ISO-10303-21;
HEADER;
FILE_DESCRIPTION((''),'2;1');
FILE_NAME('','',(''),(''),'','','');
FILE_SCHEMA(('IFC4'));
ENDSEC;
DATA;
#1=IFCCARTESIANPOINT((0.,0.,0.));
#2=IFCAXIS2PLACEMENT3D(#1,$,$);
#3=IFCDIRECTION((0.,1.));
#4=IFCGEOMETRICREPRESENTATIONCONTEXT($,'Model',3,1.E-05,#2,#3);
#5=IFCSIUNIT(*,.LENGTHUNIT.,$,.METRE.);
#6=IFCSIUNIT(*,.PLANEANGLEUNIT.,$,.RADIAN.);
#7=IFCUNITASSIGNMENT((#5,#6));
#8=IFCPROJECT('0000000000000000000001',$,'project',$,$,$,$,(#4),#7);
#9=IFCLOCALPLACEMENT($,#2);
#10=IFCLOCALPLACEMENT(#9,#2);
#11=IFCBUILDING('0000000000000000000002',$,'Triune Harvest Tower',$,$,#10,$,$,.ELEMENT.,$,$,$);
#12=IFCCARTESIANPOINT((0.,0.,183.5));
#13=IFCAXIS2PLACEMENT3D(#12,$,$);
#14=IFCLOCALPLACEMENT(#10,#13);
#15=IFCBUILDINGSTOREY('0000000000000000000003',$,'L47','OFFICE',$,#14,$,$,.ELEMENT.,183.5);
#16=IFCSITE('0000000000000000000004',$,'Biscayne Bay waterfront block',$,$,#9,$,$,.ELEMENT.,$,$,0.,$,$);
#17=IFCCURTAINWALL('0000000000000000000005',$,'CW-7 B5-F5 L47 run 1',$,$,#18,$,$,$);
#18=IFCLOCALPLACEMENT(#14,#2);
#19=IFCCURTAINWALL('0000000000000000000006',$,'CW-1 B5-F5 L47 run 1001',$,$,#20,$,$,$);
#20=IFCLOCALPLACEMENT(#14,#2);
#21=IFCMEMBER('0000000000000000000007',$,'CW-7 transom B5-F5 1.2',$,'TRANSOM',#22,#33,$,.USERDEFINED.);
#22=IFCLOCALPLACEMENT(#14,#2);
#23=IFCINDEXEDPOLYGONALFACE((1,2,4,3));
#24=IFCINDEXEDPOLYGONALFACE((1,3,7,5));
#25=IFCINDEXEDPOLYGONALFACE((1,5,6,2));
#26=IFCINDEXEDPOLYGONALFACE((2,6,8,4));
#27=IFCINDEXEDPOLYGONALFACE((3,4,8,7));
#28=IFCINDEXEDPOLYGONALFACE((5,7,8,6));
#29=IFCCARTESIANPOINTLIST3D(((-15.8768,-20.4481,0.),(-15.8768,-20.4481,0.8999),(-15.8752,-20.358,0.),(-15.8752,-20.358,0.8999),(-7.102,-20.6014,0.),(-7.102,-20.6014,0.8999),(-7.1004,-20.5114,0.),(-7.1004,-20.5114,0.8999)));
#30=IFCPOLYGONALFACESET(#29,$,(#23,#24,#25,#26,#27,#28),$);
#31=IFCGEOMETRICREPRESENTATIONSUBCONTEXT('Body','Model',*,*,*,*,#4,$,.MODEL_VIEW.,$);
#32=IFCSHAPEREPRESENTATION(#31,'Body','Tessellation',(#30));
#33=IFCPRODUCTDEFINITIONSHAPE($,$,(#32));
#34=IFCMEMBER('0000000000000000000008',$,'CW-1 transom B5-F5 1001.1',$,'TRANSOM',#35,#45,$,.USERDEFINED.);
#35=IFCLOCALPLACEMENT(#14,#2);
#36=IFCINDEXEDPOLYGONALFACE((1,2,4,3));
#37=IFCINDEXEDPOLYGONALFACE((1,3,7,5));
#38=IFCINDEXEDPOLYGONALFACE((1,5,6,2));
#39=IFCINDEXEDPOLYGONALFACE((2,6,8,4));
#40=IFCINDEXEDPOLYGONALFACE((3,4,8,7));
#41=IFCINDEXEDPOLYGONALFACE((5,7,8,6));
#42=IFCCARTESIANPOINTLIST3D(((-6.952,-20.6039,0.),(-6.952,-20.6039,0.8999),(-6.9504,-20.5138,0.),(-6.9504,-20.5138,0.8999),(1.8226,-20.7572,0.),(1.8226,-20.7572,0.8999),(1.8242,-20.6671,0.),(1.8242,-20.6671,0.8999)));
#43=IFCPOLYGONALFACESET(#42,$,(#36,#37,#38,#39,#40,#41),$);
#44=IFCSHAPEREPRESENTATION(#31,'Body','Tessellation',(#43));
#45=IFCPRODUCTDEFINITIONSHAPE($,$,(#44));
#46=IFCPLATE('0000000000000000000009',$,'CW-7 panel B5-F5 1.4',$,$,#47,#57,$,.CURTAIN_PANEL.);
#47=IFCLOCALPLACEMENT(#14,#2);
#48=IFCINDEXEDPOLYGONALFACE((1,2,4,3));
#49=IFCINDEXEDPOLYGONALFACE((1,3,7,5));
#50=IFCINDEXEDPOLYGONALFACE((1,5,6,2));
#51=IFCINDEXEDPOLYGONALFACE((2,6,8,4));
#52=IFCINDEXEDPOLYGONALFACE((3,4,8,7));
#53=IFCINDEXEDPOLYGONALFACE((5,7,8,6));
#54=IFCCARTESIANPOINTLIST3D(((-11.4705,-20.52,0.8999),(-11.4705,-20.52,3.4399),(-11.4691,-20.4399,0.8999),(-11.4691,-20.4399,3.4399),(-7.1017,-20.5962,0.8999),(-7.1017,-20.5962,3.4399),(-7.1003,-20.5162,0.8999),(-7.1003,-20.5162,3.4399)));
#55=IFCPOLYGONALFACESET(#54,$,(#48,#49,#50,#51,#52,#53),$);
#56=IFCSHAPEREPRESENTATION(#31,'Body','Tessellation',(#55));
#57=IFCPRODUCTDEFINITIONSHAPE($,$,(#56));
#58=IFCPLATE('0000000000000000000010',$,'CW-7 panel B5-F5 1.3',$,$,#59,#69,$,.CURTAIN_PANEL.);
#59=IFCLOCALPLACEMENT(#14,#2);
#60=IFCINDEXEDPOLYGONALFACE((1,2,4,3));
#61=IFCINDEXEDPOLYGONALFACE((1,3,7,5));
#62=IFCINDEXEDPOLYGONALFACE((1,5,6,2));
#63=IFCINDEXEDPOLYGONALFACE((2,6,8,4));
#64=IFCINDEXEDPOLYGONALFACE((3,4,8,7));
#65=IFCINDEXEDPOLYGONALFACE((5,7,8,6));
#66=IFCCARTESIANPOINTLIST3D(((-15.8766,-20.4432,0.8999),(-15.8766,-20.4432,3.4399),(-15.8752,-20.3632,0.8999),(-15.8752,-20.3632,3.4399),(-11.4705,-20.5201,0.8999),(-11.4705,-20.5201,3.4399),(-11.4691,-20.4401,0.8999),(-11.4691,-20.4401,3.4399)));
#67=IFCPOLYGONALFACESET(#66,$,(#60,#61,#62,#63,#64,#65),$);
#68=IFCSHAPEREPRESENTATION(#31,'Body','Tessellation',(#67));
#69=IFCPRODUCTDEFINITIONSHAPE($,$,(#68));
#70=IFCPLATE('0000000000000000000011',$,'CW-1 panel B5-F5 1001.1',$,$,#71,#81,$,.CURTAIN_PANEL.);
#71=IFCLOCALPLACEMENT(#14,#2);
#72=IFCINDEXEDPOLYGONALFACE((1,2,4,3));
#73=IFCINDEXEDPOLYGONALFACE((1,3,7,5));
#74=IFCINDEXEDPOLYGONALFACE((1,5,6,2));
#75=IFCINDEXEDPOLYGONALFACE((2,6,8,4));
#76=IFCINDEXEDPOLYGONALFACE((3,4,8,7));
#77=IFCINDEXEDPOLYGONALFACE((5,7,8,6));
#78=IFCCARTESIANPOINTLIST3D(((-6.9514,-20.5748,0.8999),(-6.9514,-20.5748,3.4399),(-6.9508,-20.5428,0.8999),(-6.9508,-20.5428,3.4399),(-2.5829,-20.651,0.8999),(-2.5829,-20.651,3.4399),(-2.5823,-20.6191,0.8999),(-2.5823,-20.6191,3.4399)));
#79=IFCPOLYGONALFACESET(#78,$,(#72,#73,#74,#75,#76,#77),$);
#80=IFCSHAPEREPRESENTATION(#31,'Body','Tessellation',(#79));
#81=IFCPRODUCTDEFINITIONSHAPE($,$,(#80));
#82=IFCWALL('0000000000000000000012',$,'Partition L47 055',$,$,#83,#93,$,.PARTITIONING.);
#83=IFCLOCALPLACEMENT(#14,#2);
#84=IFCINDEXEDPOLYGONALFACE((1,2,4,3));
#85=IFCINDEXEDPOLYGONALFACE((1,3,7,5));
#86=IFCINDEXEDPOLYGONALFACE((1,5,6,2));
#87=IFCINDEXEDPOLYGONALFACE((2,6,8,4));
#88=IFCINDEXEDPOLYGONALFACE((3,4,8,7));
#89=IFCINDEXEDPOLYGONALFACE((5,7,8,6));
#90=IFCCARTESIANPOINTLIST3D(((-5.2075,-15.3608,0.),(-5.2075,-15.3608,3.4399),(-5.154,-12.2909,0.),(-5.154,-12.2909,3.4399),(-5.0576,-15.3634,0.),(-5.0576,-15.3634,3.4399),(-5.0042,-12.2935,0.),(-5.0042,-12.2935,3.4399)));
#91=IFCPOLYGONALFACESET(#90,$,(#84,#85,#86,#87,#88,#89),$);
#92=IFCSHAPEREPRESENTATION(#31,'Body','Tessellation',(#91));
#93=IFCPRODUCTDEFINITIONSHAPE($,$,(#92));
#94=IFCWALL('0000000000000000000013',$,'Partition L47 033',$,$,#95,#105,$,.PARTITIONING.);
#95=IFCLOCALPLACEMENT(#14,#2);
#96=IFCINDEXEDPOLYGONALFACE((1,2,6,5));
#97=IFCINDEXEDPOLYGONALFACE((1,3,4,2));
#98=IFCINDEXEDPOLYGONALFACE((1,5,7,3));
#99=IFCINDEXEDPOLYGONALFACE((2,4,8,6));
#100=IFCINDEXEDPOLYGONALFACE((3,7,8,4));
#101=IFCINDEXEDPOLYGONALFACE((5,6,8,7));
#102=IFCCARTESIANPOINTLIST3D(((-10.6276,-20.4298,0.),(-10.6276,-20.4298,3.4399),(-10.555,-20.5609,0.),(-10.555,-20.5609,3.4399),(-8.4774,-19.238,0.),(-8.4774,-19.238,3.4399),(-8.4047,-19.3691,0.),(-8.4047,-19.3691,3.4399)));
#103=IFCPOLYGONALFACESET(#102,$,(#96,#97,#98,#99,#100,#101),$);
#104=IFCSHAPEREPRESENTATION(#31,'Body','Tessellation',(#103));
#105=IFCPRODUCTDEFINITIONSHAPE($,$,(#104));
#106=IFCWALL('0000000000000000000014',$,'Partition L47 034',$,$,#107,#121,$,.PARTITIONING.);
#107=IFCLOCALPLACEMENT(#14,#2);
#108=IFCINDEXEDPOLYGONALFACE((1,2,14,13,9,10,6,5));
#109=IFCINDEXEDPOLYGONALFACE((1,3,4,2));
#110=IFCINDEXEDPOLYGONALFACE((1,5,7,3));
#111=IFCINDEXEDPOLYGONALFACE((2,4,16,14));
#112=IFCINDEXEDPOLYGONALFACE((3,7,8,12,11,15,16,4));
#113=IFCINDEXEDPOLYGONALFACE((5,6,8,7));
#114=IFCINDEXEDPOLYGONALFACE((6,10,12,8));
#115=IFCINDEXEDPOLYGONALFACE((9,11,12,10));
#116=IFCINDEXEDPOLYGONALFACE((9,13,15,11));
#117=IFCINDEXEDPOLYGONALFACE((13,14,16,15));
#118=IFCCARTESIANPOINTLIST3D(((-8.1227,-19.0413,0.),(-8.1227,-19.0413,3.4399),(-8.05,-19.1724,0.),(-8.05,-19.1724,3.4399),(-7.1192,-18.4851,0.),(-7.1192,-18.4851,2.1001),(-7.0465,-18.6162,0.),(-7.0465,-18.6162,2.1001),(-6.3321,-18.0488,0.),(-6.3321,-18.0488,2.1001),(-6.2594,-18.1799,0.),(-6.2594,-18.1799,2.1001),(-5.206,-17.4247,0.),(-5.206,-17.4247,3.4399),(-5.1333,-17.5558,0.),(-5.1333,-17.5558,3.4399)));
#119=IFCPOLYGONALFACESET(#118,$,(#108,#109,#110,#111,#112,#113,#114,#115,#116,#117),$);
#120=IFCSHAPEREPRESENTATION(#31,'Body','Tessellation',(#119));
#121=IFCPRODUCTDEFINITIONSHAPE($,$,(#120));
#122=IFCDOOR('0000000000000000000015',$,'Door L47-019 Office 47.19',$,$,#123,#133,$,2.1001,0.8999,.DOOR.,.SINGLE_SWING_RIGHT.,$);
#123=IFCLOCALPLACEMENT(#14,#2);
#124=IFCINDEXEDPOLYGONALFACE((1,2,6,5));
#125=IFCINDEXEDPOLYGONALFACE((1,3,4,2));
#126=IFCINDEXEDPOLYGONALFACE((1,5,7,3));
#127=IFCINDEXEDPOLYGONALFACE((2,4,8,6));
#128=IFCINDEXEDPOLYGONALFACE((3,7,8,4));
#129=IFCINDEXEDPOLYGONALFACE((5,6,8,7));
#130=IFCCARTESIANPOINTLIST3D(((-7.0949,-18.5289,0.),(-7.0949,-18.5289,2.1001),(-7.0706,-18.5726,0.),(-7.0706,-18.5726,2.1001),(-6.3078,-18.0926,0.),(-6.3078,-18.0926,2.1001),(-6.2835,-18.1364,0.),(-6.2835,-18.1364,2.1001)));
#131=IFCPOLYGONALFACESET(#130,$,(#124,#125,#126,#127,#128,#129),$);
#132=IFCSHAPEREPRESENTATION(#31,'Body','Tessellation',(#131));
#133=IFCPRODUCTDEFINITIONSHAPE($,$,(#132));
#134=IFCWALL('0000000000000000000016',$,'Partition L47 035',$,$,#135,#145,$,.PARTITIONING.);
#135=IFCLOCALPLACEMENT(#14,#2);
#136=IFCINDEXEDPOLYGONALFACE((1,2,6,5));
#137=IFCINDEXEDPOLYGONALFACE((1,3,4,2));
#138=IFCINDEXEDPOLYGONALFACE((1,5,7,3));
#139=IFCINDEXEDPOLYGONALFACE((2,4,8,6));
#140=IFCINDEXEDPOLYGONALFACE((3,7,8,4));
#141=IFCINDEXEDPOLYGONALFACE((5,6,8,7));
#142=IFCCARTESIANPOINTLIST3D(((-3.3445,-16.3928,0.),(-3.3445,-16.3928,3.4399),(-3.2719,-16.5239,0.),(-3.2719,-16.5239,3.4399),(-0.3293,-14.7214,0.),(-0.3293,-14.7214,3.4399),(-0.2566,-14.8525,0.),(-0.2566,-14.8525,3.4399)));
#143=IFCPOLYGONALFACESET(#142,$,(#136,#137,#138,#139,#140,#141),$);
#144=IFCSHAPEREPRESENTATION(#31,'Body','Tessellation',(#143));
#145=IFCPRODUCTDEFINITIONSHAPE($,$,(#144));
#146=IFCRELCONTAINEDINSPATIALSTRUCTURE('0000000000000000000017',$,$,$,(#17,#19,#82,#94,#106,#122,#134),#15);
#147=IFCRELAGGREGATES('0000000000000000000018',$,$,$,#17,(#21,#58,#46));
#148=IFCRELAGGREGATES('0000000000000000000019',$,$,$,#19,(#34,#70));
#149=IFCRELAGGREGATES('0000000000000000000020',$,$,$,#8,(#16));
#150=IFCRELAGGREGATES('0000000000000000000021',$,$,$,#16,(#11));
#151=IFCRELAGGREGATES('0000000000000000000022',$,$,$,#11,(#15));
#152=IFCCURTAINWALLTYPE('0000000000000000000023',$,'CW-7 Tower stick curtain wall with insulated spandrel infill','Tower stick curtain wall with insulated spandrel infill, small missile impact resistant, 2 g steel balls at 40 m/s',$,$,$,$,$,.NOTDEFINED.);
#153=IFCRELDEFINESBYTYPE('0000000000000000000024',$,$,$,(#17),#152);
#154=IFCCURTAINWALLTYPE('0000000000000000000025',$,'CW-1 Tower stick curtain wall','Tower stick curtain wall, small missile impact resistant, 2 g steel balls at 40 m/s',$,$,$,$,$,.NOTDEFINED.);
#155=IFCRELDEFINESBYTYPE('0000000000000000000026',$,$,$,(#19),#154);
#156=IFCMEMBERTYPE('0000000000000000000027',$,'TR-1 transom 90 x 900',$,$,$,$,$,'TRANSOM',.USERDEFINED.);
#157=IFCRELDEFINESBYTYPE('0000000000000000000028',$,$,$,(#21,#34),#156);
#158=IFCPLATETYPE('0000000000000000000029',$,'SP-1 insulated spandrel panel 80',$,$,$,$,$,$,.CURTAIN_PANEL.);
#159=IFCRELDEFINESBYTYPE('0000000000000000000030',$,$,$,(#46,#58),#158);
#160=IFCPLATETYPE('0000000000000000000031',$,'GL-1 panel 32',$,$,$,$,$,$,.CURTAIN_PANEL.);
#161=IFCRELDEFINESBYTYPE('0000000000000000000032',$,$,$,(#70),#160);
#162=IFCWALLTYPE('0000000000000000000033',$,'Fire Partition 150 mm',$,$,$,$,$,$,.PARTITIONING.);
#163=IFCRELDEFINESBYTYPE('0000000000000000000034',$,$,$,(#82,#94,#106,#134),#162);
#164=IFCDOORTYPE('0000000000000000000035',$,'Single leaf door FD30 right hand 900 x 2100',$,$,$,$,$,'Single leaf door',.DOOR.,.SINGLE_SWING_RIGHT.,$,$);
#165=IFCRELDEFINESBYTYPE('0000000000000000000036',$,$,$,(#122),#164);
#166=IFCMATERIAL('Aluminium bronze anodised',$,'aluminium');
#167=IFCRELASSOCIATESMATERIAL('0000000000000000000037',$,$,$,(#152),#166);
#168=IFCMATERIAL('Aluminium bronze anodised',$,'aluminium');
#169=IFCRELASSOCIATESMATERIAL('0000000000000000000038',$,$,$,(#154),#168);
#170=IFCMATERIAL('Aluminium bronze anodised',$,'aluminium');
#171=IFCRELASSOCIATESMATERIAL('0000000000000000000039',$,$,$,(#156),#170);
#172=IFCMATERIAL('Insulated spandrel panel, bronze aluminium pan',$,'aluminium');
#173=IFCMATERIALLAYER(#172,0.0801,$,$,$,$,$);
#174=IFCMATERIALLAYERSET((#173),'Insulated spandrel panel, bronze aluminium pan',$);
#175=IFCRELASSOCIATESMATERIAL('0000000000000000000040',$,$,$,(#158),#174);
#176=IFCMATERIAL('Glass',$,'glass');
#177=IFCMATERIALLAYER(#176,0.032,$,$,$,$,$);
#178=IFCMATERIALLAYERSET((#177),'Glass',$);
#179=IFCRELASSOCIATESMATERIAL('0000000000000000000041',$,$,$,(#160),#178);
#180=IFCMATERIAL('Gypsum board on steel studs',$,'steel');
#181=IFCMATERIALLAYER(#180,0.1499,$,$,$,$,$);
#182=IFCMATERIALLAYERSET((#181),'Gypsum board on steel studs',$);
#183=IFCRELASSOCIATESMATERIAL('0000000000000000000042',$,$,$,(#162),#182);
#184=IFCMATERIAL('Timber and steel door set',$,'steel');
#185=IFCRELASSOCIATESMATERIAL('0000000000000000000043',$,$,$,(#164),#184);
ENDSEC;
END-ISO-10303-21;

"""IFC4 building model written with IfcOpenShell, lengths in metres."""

from ifc_helpers import new_model, si_unit, direction, frame, frame_2d, origin, origin_2d, place, context, subcontext, project, spatial, rectangle, extrude, source, transform, mapped, material, layer, layer_set, material_profile, profile_set, type_object, element, fill, aggregate, save


model = new_model("IFC4")

# Units and contexts
model_context = context("Model", 3, precision=1e-05, world=origin(), true_north=direction((0.0, 1.0)))
body_context = subcontext(model_context, "Body", "Model", "MODEL_VIEW")
ifc_project = project(units=[si_unit("LENGTHUNIT", "METRE"), si_unit("PLANEANGLEUNIT", "RADIAN")], contexts=[model_context])

# Site, building, storey
site_placement = place(None, origin())
site = spatial("IfcSite", under=ifc_project, at=site_placement, Name="Biscayne Bay waterfront block", CompositionType="ELEMENT", RefElevation=0.0)
building_placement = place(site_placement, origin())
building = spatial("IfcBuilding", under=site, at=building_placement, Name="Triune Harvest Tower", CompositionType="ELEMENT")
storey_placement = place(building_placement, frame((0.0, 0.0, 183.5)))
storey = spatial("IfcBuildingStorey", under=building, at=storey_placement, Name="L47", Description="OFFICE", CompositionType="ELEMENT", Elevation=183.5)

# Curtain wall
ifc_material_1 = material(Name="Aluminium bronze anodised", Category="aluminium")
curtain_wall_type_1 = type_object("IfcCurtainWallType", Name="CW-7 Tower stick curtain wall with insulated spandrel infill", Description="Tower stick curtain wall with insulated spandrel infill, small missile impact resistant, 2 g steel balls at 40 m/s", PredefinedType="NOTDEFINED", material=ifc_material_1)
curtain_wall_1_placement = place(storey_placement, origin())
curtain_wall_1 = element("IfcCurtainWall", 1, at=curtain_wall_1_placement, inside=storey, type_object=curtain_wall_type_1, Name="CW-7 B5-F5 L47 run 1")

# Curtain wall
ifc_material_2 = material(Name="Aluminium bronze anodised", Category="aluminium")
curtain_wall_type_2 = type_object("IfcCurtainWallType", Name="CW-1 Tower stick curtain wall", Description="Tower stick curtain wall, small missile impact resistant, 2 g steel balls at 40 m/s", PredefinedType="NOTDEFINED", material=ifc_material_2)
curtain_wall_2_placement = place(storey_placement, origin())
curtain_wall_2 = element("IfcCurtainWall", 2, at=curtain_wall_2_placement, inside=storey, type_object=curtain_wall_type_2, Name="CW-1 B5-F5 L47 run 1001")

# Members
ifc_material_3 = material(Name="Aluminium bronze anodised", Category="aluminium")
ifc_material_profile_1 = material_profile(ifc_material_3, rectangle(XDim=0.0901, YDim=0.8999, at=origin_2d()), Name="TR-1 transom 90 x 900")
ifc_profile_set_1 = profile_set([ifc_material_profile_1], Name="Aluminium bronze anodised")
member_type_1 = type_object("IfcMemberType", Name="TR-1 transom 90 x 900", ElementType="TRANSOM", PredefinedType="USERDEFINED", material=ifc_profile_set_1)
shared_shape_1 = source(origin(), body_context, "Body", "SweptSolid", [
    extrude(rectangle(XDim=0.0901, YDim=0.8999, at=origin_2d()), origin(), (0.0, 0.0, 1.0), 8.7761),
])
member_1_placement = place(storey_placement, frame((-15.876, -20.4031, 0.45), z_axis=(0.999847, -0.01747, 0.0), x_axis=(0.01747, 0.999847, 0.0)))
member_1 = element("IfcMember", 3, at=member_1_placement, type_object=member_type_1, Name="CW-7 transom B5-F5 1.2", ObjectType="TRANSOM", PredefinedType="USERDEFINED", context=body_context, shape_type="MappedRepresentation", body=[
    mapped(shared_shape_1, transform((0.0, 0.0, 0.0), scale=1.0)),
])
shared_shape_2 = source(origin(), body_context, "Body", "SweptSolid", [
    extrude(rectangle(XDim=0.0901, YDim=0.8999, at=origin_2d()), origin(), (0.0, 0.0, 1.0), 8.7759),
])
member_2_placement = place(storey_placement, frame((-6.9512, -20.5588, 0.45), z_axis=(0.999847, -0.01747, 0.0), x_axis=(0.01747, 0.999847, 0.0)))
member_2 = element("IfcMember", 4, at=member_2_placement, type_object=member_type_1, Name="CW-1 transom B5-F5 1001.1", ObjectType="TRANSOM", PredefinedType="USERDEFINED", context=body_context, shape_type="MappedRepresentation", body=[
    mapped(shared_shape_2, transform((0.0, 0.0, 0.0), scale=1.0)),
])

# Plates
ifc_material_4 = material(Name="Insulated spandrel panel, bronze aluminium pan", Category="aluminium")
ifc_layer_1 = layer(ifc_material_4, 0.0801)
ifc_layer_set_1 = layer_set([ifc_layer_1], Name="Insulated spandrel panel, bronze aluminium pan")
plate_type_1 = type_object("IfcPlateType", Name="SP-1 insulated spandrel panel 80", PredefinedType="CURTAIN_PANEL", material=ifc_layer_set_1)
shared_shape_3 = source(origin(), body_context, "Body", "SweptSolid", [
    extrude(rectangle(XDim=4.3694, YDim=0.0801, at=origin_2d()), origin(), (0.0, 0.0, 1.0), 2.54),
])
plate_1_placement = place(storey_placement, frame((-9.2854, -20.5181, 0.8999), z_axis=(0.0, 0.0, 1.0), x_axis=(0.999848, -0.017451, 0.0)))
plate_1 = element("IfcPlate", 5, at=plate_1_placement, type_object=plate_type_1, Name="CW-7 panel B5-F5 1.4", PredefinedType="CURTAIN_PANEL", context=body_context, shape_type="MappedRepresentation", body=[
    mapped(shared_shape_3, transform((0.0, 0.0, 0.0), scale=1.0)),
])
shared_shape_4 = source(origin(), body_context, "Body", "SweptSolid", [
    extrude(rectangle(XDim=4.4067, YDim=0.0801, at=origin_2d()), origin(), (0.0, 0.0, 1.0), 2.54),
])
plate_2_placement = place(storey_placement, frame((-13.6729, -20.4417, 0.8999), z_axis=(0.0, 0.0, 1.0), x_axis=(0.999848, -0.017451, 0.0)))
plate_2 = element("IfcPlate", 6, at=plate_2_placement, type_object=plate_type_1, Name="CW-7 panel B5-F5 1.3", PredefinedType="CURTAIN_PANEL", context=body_context, shape_type="MappedRepresentation", body=[
    mapped(shared_shape_4, transform((0.0, 0.0, 0.0), scale=1.0)),
])
aggregate(curtain_wall_1, [member_1, plate_2, plate_1])
ifc_material_5 = material(Name="Glass", Category="glass")
ifc_layer_2 = layer(ifc_material_5, 0.032)
ifc_layer_set_2 = layer_set([ifc_layer_2], Name="Glass")
plate_type_2 = type_object("IfcPlateType", Name="GL-1 panel 32", PredefinedType="CURTAIN_PANEL", material=ifc_layer_set_2)
shared_shape_5 = source(origin(), body_context, "Body", "SweptSolid", [
    extrude(rectangle(XDim=4.3691, YDim=0.032, at=origin_2d()), origin(), (0.0, 0.0, 1.0), 2.54),
])
plate_3_placement = place(storey_placement, frame((-4.7668, -20.5969, 0.8999), z_axis=(0.0, 0.0, 1.0), x_axis=(0.999848, -0.017453, 0.0)))
plate_3 = element("IfcPlate", 7, at=plate_3_placement, type_object=plate_type_2, Name="CW-1 panel B5-F5 1001.1", PredefinedType="CURTAIN_PANEL", context=body_context, shape_type="MappedRepresentation", body=[
    mapped(shared_shape_5, transform((0.0, 0.0, 0.0), scale=1.0)),
])
aggregate(curtain_wall_2, [member_2, plate_3])

# Walls
ifc_material_6 = material(Name="Gypsum board on steel studs", Category="steel")
ifc_layer_3 = layer(ifc_material_6, 0.1499)
ifc_layer_set_3 = layer_set([ifc_layer_3], Name="Gypsum board on steel studs")
wall_type_1 = type_object("IfcWallType", Name="Fire Partition 150 mm", PredefinedType="PARTITIONING", material=ifc_layer_set_3)
wall_1_placement = place(storey_placement, frame((-5.1326, -15.3621, 0.0), z_axis=(0.0, 0.0, 1.0), x_axis=(0.017414, 0.999848, 0.0)))
element("IfcWall", 8, at=wall_1_placement, inside=storey, type_object=wall_type_1, Name="Partition L47 055", PredefinedType="PARTITIONING", context=body_context, shape_type="SweptSolid", body=[
    extrude(rectangle(XDim=3.0703, YDim=0.1499, at=frame_2d((1.5352, 0.0))), origin(), (0.0, 0.0, 1.0), 3.4399),
])
shared_shape_6 = source(origin(), body_context, "Body", "SweptSolid", [
    extrude(rectangle(XDim=2.4585, YDim=0.1499, at=frame_2d((1.2292, 0.0))), origin(), (0.0, 0.0, 1.0), 3.4399),
])
wall_2_placement = place(storey_placement, frame((-10.5913, -20.4954, 0.0), z_axis=(0.0, 0.0, 1.0), x_axis=(0.874635, 0.484783, 0.0)))
element("IfcWall", 9, at=wall_2_placement, inside=storey, type_object=wall_type_1, Name="Partition L47 033", PredefinedType="PARTITIONING", context=body_context, shape_type="MappedRepresentation", body=[
    mapped(shared_shape_6, transform((0.0, 0.0, 0.0), scale=1.0)),
])

# Wall, opening, door
shared_shape_7 = source(origin(), body_context, "Body", "SweptSolid", [
    extrude(rectangle(XDim=3.3347, YDim=0.1499, at=frame_2d((1.6675, 0.0))), origin(), (0.0, 0.0, 1.0), 3.4399),
])
wall_3_placement = place(storey_placement, frame((-8.0864, -19.1069, 0.0), z_axis=(0.0, 0.0, 1.0), x_axis=(0.87463, 0.484791, 0.0)))
wall_3 = element("IfcWall", 10, at=wall_3_placement, inside=storey, type_object=wall_type_1, Name="Partition L47 034", PredefinedType="PARTITIONING", context=body_context, shape_type="MappedRepresentation", body=[
    mapped(shared_shape_7, transform((0.0, 0.0, 0.0), scale=1.0)),
])
opening_1_placement = place(wall_3_placement, frame((1.1475, 0.0, 0.0)))
opening_1 = element("IfcOpeningElement", 11, at=opening_1_placement, cuts=wall_3, PredefinedType="OPENING", context=body_context, shape_type="SweptSolid", body=[
    extrude(rectangle(XDim=0.8999, YDim=2.1001, at=frame_2d((0.45, 1.05))), frame((0.0, 0.085, 0.0), z_axis=(0.0, -1.0, 0.0), x_axis=(1.0, 0.0, 0.0)), (0.0, 0.0, 1.0), 0.1699),
])
ifc_material_7 = material(Name="Timber and steel door set", Category="steel")
door_type_1 = type_object("IfcDoorType", Name="Single leaf door FD30 right hand 900 x 2100", ElementType="Single leaf door", OperationType="SINGLE_SWING_RIGHT", PredefinedType="DOOR", material=ifc_material_7)
door_1_placement = place(opening_1_placement, origin())
door_1 = element("IfcDoor", 12, at=door_1_placement, inside=storey, type_object=door_type_1, Name="Door L47-019 Office 47.19", OperationType="SINGLE_SWING_RIGHT", OverallHeight=2.1001, OverallWidth=0.8999, PredefinedType="DOOR", context=body_context, shape_type="SweptSolid", body=[
    extrude(rectangle(XDim=0.8999, YDim=2.1001, at=frame_2d((0.45, 1.05))), frame((0.0, 0.0249, 0.0), z_axis=(0.0, -1.0, 0.0), x_axis=(1.0, 0.0, 0.0)), (0.0, 0.0, 1.0), 0.05),
])
fill(opening_1, door_1)

# Wall
shared_shape_8 = source(origin(), body_context, "Body", "SweptSolid", [
    extrude(rectangle(XDim=3.4475, YDim=0.1499, at=frame_2d((1.7236, 0.0))), origin(), (0.0, 0.0, 1.0), 3.4399),
])
wall_4_placement = place(storey_placement, frame((-3.3081, -16.4583, 0.0), z_axis=(0.0, 0.0, 1.0), x_axis=(0.874628, 0.484795, 0.0)))
element("IfcWall", 13, at=wall_4_placement, inside=storey, type_object=wall_type_1, Name="Partition L47 035", PredefinedType="PARTITIONING", context=body_context, shape_type="MappedRepresentation", body=[
    mapped(shared_shape_8, transform((0.0, 0.0, 0.0), scale=1.0)),
])

save(model, "model.ifc")
